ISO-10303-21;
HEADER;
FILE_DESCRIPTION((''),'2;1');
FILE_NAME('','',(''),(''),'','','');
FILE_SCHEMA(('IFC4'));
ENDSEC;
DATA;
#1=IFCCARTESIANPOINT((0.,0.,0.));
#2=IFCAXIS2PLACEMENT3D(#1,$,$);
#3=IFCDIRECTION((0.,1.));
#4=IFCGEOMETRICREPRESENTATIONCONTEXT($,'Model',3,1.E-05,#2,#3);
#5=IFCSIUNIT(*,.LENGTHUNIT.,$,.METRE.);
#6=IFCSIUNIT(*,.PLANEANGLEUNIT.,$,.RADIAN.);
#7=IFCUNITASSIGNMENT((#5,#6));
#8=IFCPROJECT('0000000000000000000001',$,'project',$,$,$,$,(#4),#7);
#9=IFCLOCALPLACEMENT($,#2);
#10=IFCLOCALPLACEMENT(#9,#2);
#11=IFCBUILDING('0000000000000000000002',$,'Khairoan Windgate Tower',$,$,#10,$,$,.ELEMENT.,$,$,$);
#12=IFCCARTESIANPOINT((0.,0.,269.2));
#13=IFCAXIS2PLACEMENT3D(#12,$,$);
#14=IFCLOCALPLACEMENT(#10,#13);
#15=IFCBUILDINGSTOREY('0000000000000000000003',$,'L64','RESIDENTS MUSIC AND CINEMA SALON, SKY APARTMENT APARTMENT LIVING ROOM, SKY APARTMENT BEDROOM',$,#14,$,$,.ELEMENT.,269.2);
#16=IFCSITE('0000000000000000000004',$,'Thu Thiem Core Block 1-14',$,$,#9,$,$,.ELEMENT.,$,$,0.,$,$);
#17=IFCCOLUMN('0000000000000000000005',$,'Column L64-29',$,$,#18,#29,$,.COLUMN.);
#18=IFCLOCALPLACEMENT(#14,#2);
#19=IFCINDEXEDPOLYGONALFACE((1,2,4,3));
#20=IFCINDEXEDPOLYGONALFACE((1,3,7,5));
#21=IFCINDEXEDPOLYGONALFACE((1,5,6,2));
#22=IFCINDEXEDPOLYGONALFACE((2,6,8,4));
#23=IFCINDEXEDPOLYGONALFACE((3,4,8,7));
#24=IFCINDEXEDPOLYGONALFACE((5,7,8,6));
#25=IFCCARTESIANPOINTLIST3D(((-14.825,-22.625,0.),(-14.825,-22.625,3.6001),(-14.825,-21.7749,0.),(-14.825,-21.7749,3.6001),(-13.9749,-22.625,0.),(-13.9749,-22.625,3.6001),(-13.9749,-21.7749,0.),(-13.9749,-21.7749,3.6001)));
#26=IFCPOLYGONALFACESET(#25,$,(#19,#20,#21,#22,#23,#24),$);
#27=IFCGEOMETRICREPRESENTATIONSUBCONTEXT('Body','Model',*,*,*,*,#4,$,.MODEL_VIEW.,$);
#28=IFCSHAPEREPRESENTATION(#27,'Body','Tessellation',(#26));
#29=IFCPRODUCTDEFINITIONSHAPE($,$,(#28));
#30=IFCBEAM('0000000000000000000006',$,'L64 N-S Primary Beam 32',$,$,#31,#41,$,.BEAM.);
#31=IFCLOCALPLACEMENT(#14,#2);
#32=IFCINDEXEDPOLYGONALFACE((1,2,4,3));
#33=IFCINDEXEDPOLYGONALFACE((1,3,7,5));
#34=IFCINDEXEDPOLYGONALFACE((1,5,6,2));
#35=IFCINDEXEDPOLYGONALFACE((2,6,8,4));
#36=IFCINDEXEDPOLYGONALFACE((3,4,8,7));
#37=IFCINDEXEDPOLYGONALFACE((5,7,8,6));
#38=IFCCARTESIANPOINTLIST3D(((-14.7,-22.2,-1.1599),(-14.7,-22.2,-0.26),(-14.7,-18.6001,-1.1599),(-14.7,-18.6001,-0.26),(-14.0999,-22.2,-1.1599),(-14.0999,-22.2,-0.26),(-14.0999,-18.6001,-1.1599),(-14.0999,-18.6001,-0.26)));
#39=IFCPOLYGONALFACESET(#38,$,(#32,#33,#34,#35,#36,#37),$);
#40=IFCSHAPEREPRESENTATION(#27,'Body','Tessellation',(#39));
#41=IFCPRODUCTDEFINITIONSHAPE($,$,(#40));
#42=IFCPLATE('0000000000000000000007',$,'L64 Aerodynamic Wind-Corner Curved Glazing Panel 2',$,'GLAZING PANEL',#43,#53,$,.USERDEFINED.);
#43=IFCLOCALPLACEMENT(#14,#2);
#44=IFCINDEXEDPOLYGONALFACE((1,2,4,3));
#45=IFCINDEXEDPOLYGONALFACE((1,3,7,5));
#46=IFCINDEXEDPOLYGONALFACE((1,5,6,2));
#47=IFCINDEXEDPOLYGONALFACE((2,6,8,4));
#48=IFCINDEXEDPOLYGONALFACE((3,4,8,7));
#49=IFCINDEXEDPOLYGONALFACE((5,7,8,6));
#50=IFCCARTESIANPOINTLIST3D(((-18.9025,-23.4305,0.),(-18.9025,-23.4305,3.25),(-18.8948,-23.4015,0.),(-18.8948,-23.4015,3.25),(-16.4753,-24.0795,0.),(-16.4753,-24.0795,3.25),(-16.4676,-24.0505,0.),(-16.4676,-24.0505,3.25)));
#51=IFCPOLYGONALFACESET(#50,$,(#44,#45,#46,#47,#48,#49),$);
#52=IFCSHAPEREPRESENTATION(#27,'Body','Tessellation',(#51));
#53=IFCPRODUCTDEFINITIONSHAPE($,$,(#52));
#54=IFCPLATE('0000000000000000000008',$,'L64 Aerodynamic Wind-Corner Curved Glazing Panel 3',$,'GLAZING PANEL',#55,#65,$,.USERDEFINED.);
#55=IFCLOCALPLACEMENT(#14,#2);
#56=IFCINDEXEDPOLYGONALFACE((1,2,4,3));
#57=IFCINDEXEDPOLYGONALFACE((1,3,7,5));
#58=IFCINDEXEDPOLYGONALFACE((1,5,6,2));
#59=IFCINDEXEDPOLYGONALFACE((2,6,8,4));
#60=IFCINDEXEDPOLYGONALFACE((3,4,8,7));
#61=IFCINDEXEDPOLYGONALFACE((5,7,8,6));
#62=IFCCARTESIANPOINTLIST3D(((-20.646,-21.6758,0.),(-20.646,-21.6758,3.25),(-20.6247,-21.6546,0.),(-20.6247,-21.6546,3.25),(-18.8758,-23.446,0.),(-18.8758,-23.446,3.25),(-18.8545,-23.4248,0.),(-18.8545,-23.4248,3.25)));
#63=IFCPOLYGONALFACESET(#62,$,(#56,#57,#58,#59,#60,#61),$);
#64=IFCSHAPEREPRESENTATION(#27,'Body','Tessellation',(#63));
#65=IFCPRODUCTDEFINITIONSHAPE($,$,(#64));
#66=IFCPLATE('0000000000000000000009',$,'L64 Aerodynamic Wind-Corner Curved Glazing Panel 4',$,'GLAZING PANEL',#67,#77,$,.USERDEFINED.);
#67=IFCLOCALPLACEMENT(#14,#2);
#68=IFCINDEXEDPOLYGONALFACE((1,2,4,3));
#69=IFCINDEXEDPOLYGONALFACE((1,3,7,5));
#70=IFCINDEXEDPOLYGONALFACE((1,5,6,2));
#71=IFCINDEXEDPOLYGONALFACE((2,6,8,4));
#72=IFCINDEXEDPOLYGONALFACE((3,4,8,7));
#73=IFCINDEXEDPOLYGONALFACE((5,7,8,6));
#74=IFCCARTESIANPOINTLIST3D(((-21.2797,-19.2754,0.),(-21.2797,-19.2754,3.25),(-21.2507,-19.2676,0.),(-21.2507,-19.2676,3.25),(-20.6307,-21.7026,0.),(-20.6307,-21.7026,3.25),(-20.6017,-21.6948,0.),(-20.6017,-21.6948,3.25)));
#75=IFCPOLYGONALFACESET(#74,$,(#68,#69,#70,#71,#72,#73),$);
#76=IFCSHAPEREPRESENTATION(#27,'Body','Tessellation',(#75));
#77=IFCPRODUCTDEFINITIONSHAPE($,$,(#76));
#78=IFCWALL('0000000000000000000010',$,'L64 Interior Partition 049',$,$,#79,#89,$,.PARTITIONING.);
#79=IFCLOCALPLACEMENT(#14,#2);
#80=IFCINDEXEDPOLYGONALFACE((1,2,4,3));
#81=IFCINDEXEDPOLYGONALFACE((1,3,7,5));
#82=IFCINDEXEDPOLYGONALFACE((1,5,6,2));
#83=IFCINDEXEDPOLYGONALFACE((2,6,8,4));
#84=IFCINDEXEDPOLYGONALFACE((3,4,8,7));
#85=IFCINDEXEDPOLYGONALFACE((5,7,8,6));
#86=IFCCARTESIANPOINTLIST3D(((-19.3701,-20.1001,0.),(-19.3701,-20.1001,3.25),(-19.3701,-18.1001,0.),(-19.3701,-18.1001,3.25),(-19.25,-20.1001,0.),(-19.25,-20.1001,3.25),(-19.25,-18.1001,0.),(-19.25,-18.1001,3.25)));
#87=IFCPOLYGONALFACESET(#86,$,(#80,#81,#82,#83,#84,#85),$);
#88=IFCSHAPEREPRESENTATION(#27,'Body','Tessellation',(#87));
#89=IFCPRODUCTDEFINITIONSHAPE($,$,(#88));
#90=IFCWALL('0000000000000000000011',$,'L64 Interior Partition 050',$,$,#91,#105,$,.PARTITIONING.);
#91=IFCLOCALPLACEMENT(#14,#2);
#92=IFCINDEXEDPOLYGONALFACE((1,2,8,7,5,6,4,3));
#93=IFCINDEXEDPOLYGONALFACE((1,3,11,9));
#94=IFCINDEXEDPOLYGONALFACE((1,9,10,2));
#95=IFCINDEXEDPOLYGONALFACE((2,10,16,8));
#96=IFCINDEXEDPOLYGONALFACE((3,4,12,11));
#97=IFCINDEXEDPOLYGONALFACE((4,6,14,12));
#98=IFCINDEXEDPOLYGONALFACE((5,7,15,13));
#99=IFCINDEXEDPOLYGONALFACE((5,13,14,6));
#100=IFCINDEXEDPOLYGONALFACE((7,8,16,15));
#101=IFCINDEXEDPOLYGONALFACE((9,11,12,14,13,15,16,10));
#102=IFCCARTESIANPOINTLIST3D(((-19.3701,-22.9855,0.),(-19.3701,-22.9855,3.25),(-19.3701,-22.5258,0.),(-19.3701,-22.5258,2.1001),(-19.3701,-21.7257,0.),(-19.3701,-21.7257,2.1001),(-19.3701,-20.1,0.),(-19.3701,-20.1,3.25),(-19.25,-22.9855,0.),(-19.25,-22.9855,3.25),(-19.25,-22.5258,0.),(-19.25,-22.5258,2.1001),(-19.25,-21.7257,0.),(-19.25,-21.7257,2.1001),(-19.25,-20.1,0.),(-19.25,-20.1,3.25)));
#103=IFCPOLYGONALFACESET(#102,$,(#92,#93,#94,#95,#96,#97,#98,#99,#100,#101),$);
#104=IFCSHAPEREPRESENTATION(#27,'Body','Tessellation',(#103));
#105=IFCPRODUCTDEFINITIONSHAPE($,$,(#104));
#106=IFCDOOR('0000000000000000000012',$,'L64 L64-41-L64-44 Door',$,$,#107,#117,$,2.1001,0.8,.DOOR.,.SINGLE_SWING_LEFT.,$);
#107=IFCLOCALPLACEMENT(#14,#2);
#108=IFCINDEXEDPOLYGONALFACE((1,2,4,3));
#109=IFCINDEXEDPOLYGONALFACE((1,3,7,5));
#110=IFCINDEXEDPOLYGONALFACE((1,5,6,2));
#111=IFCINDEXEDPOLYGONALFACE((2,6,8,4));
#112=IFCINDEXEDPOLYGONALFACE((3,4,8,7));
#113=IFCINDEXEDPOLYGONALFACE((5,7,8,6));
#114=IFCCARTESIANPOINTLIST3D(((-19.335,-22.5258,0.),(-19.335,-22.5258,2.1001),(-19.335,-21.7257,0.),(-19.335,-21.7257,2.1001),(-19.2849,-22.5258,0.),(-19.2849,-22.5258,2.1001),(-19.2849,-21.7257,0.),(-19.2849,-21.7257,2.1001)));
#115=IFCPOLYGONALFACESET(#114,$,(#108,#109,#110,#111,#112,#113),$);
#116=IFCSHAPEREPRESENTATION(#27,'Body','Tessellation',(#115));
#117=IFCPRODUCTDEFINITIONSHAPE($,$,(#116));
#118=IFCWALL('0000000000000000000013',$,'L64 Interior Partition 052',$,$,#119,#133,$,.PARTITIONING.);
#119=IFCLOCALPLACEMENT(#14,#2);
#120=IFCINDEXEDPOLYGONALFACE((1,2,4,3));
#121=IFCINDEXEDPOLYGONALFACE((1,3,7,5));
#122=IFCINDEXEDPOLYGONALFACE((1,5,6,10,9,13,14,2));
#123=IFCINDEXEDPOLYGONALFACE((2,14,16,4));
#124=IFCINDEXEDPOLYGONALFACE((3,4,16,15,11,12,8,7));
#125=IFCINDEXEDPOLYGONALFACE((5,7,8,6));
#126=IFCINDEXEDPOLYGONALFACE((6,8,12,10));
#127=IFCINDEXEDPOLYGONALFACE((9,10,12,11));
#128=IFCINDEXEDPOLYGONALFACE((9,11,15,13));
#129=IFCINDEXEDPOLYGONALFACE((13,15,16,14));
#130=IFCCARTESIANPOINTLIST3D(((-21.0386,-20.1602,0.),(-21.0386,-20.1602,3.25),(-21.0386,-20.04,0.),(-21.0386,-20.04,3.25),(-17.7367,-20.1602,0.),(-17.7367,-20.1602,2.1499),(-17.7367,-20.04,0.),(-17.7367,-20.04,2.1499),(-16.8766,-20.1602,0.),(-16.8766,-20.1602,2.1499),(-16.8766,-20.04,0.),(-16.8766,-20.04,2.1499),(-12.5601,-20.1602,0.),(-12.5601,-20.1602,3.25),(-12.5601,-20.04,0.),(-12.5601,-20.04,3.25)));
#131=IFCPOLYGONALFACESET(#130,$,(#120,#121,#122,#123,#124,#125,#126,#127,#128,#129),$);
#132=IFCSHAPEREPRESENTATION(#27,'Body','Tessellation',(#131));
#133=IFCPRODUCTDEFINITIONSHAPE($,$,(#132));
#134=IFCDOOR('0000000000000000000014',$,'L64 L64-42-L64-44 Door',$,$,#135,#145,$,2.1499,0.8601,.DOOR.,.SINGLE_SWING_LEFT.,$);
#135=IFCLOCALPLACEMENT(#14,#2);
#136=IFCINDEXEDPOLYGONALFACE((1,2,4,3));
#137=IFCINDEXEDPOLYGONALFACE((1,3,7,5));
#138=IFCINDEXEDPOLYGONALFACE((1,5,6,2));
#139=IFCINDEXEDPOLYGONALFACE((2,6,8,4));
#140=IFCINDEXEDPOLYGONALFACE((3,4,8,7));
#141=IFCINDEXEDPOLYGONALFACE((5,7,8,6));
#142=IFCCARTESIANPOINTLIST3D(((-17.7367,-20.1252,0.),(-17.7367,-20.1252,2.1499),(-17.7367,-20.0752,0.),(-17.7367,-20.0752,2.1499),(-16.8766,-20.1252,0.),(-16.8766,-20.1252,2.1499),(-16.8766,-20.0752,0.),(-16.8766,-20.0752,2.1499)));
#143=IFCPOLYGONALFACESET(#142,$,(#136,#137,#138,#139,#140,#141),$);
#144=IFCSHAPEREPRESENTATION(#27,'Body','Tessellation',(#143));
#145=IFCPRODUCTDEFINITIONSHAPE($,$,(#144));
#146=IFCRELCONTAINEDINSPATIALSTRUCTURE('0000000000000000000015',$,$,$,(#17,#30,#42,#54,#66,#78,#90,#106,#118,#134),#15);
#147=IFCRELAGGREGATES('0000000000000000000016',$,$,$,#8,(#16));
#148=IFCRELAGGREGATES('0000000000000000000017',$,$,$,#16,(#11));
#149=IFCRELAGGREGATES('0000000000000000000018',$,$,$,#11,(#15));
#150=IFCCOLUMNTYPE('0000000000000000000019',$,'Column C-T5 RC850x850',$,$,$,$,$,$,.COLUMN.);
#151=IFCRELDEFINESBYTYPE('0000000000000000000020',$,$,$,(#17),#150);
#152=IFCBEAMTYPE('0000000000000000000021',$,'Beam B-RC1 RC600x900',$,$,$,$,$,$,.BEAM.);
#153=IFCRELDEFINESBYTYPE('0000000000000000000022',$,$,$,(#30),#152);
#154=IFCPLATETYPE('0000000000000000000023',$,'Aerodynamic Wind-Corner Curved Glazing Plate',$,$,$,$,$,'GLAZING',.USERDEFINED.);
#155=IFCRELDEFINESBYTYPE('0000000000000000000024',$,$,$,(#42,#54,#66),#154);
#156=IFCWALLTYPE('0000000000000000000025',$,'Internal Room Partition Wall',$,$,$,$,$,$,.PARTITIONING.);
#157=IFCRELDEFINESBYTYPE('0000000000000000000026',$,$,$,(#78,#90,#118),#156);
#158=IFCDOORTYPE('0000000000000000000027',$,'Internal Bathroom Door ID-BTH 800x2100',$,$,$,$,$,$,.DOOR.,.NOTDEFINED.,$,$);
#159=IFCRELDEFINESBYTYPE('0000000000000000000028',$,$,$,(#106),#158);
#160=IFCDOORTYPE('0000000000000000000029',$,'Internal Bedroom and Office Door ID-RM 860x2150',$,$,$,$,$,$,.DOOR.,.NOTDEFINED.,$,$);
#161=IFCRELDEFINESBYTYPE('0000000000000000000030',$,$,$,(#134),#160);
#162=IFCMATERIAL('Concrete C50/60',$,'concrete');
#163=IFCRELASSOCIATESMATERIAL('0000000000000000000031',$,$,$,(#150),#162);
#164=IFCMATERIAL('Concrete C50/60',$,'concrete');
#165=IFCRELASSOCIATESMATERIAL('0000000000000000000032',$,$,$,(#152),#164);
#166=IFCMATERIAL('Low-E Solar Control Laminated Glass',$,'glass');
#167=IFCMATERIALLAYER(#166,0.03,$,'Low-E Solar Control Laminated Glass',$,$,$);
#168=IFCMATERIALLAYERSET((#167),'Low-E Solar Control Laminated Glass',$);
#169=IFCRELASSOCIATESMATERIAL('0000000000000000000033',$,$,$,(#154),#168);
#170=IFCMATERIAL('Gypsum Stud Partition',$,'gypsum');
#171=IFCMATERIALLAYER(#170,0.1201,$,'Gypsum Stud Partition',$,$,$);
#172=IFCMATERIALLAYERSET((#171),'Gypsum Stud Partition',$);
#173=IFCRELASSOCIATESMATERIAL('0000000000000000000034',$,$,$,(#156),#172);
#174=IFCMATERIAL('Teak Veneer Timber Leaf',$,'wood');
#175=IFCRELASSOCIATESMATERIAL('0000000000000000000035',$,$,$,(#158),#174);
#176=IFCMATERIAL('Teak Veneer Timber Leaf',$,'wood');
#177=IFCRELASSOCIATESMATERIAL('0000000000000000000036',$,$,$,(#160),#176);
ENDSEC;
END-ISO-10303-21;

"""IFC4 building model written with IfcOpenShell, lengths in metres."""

from ifc_helpers import new_model, si_unit, direction, frame, frame_2d, origin, origin_2d, place, context, subcontext, project, spatial, rectangle, extrude, material, layer, layer_set, material_profile, profile_set, type_object, element, fill, save


model = new_model("IFC4")

# Units and contexts
model_context = context("Model", 3, precision=1e-05, world=origin(), true_north=direction((0.0, 1.0)))
body_context = subcontext(model_context, "Body", "Model", "MODEL_VIEW")
ifc_project = project(units=[si_unit("LENGTHUNIT", "METRE"), si_unit("PLANEANGLEUNIT", "RADIAN")], contexts=[model_context])

# Site, building, storey
site_placement = place(None, origin())
site = spatial("IfcSite", under=ifc_project, at=site_placement, Name="Thu Thiem Core Block 1-14", CompositionType="ELEMENT", RefElevation=0.0)
building_placement = place(site_placement, origin())
building = spatial("IfcBuilding", under=site, at=building_placement, Name="Khairoan Windgate Tower", CompositionType="ELEMENT")
storey_placement = place(building_placement, frame((0.0, 0.0, 269.2)))
storey = spatial("IfcBuildingStorey", under=building, at=storey_placement, Name="L64", Description="RESIDENTS MUSIC AND CINEMA SALON, SKY APARTMENT APARTMENT LIVING ROOM, SKY APARTMENT BEDROOM", CompositionType="ELEMENT", Elevation=269.2)

# Column
ifc_material_1 = material(Name="Concrete C50/60", Category="concrete")
ifc_material_profile_1 = material_profile(ifc_material_1, rectangle(XDim=0.8501, YDim=0.8501, at=origin_2d()))
ifc_profile_set_1 = profile_set([ifc_material_profile_1], Name="Concrete C50/60")
column_type = type_object("IfcColumnType", Name="Column C-T5 RC850x850", PredefinedType="COLUMN", material=ifc_profile_set_1)
column_placement = place(storey_placement, frame((-14.3999, -22.2, 0.0), z_axis=(0.0, 0.0, 1.0), x_axis=(1.0, 0.0, 0.0)))
element("IfcColumn", 1, at=column_placement, inside=storey, type_object=column_type, Name="Column L64-29", PredefinedType="COLUMN", context=body_context, shape_type="SweptSolid", body=[
    extrude(rectangle(XDim=0.8501, YDim=0.8501, at=origin_2d()), origin(), (0.0, 0.0, 1.0), 3.6001),
])

# Beam
ifc_material_2 = material(Name="Concrete C50/60", Category="concrete")
ifc_material_profile_2 = material_profile(ifc_material_2, rectangle(XDim=0.6001, YDim=0.8999, at=origin_2d()))
ifc_profile_set_2 = profile_set([ifc_material_profile_2], Name="Concrete C50/60")
beam_type = type_object("IfcBeamType", Name="Beam B-RC1 RC600x900", PredefinedType="BEAM", material=ifc_profile_set_2)
beam_placement = place(storey_placement, frame((-14.3999, -22.2, -0.71), z_axis=(0.0, 1.0, 0.0), x_axis=(-1.0, 0.0, 0.0)))
element("IfcBeam", 2, at=beam_placement, inside=storey, type_object=beam_type, Name="L64 N-S Primary Beam 32", PredefinedType="BEAM", context=body_context, shape_type="SweptSolid", body=[
    extrude(rectangle(XDim=0.6001, YDim=0.8999, at=origin_2d()), origin(), (0.0, 0.0, 1.0), 3.5999),
])

# Plates
ifc_material_3 = material(Name="Low-E Solar Control Laminated Glass", Category="glass")
ifc_layer_1 = layer(ifc_material_3, 0.03, Name="Low-E Solar Control Laminated Glass")
ifc_layer_set_1 = layer_set([ifc_layer_1], Name="Low-E Solar Control Laminated Glass")
plate_type = type_object("IfcPlateType", Name="Aerodynamic Wind-Corner Curved Glazing Plate", ElementType="GLAZING", PredefinedType="USERDEFINED", material=ifc_layer_set_1)
plate_1_placement = place(storey_placement, frame((-17.6851, -23.7405, 0.0), z_axis=(0.0, 0.0, 1.0), x_axis=(-0.966061, 0.258313, 0.0)))
element("IfcPlate", 3, at=plate_1_placement, inside=storey, type_object=plate_type, Name="L64 Aerodynamic Wind-Corner Curved Glazing Panel 2", ObjectType="GLAZING PANEL", PredefinedType="USERDEFINED", context=body_context, shape_type="SweptSolid", body=[
    extrude(rectangle(XDim=2.5125, YDim=0.03, at=origin_2d()), origin(), (0.0, 0.0, 1.0), 3.25),
])
plate_2_placement = place(storey_placement, frame((-19.7502, -22.5503, 0.0), z_axis=(0.0, 0.0, 1.0), x_axis=(-0.707107, 0.707107, 0.0)))
element("IfcPlate", 4, at=plate_2_placement, inside=storey, type_object=plate_type, Name="L64 Aerodynamic Wind-Corner Curved Glazing Panel 3", ObjectType="GLAZING PANEL", PredefinedType="USERDEFINED", context=body_context, shape_type="SweptSolid", body=[
    extrude(rectangle(XDim=2.5034, YDim=0.03, at=origin_2d()), origin(), (0.0, 0.0, 1.0), 3.25),
])
plate_3_placement = place(storey_placement, frame((-20.9407, -20.4851, 0.0), z_axis=(0.0, 0.0, 1.0), x_axis=(-0.258313, 0.966061, 0.0)))
element("IfcPlate", 5, at=plate_3_placement, inside=storey, type_object=plate_type, Name="L64 Aerodynamic Wind-Corner Curved Glazing Panel 4", ObjectType="GLAZING PANEL", PredefinedType="USERDEFINED", context=body_context, shape_type="SweptSolid", body=[
    extrude(rectangle(XDim=2.5125, YDim=0.03, at=origin_2d()), origin(), (0.0, 0.0, 1.0), 3.25),
])

# Wall
ifc_material_4 = material(Name="Gypsum Stud Partition", Category="gypsum")
ifc_layer_2 = layer(ifc_material_4, 0.1201, Name="Gypsum Stud Partition")
ifc_layer_set_2 = layer_set([ifc_layer_2], Name="Gypsum Stud Partition")
wall_type = type_object("IfcWallType", Name="Internal Room Partition Wall", PredefinedType="PARTITIONING", material=ifc_layer_set_2)
wall_1_placement = place(storey_placement, frame((-19.3101, -20.1001, 0.0), z_axis=(0.0, 0.0, 1.0), x_axis=(0.0, 1.0, 0.0)))
element("IfcWall", 6, at=wall_1_placement, inside=storey, type_object=wall_type, Name="L64 Interior Partition 049", PredefinedType="PARTITIONING", context=body_context, shape_type="SweptSolid", body=[
    extrude(rectangle(XDim=2.0, YDim=0.1201, at=frame_2d((1.0, 0.0))), origin(), (0.0, 0.0, 1.0), 3.25),
])

# Walls, openings, doors
wall_2_placement = place(storey_placement, frame((-19.3101, -22.9856, 0.0), z_axis=(0.0, 0.0, 1.0), x_axis=(0.0, 1.0, 0.0)))
wall_2 = element("IfcWall", 7, at=wall_2_placement, inside=storey, type_object=wall_type, Name="L64 Interior Partition 050", PredefinedType="PARTITIONING", context=body_context, shape_type="SweptSolid", body=[
    extrude(rectangle(XDim=2.8855, YDim=0.1201, at=frame_2d((1.4429, 0.0))), origin(), (0.0, 0.0, 1.0), 3.25),
])
opening_1_placement = place(wall_2_placement, frame((0.46, 0.0, 0.0)))
opening_1 = element("IfcOpeningElement", 8, at=opening_1_placement, cuts=wall_2, PredefinedType="OPENING", context=body_context, shape_type="SweptSolid", body=[
    extrude(rectangle(XDim=0.8, YDim=2.1001, at=frame_2d((0.3999, 1.05))), frame((0.0, 0.0701, 0.0), z_axis=(0.0, -1.0, 0.0), x_axis=(1.0, 0.0, 0.0)), (0.0, 0.0, 1.0), 0.1401),
])
ifc_material_5 = material(Name="Teak Veneer Timber Leaf", Category="wood")
door_type_1 = type_object("IfcDoorType", Name="Internal Bathroom Door ID-BTH 800x2100", OperationType="NOTDEFINED", PredefinedType="DOOR", material=ifc_material_5)
door_1_placement = place(opening_1_placement, origin())
door_1 = element("IfcDoor", 9, at=door_1_placement, inside=storey, type_object=door_type_1, Name="L64 L64-41-L64-44 Door", OperationType="SINGLE_SWING_LEFT", OverallHeight=2.1001, OverallWidth=0.8, PredefinedType="DOOR", context=body_context, shape_type="SweptSolid", body=[
    extrude(rectangle(XDim=0.8, YDim=2.1001, at=frame_2d((0.3999, 1.05))), frame((0.0, 0.0249, 0.0), z_axis=(0.0, -1.0, 0.0), x_axis=(1.0, 0.0, 0.0)), (0.0, 0.0, 1.0), 0.05),
])
fill(opening_1, door_1)
wall_3_placement = place(storey_placement, frame((-21.0386, -20.1001, 0.0), z_axis=(0.0, 0.0, 1.0), x_axis=(1.0, 0.0, 0.0)))
wall_3 = element("IfcWall", 10, at=wall_3_placement, inside=storey, type_object=wall_type, Name="L64 Interior Partition 052", PredefinedType="PARTITIONING", context=body_context, shape_type="SweptSolid", body=[
    extrude(rectangle(XDim=8.4785, YDim=0.1201, at=frame_2d((4.2393, 0.0))), origin(), (0.0, 0.0, 1.0), 3.25),
])
opening_2_placement = place(wall_3_placement, frame((3.3018, 0.0, 0.0)))
opening_2 = element("IfcOpeningElement", 11, at=opening_2_placement, cuts=wall_3, PredefinedType="OPENING", context=body_context, shape_type="SweptSolid", body=[
    extrude(rectangle(XDim=0.8601, YDim=2.1499, at=frame_2d((0.4302, 1.075))), frame((0.0, 0.0701, 0.0), z_axis=(0.0, -1.0, 0.0), x_axis=(1.0, 0.0, 0.0)), (0.0, 0.0, 1.0), 0.1401),
])
ifc_material_6 = material(Name="Teak Veneer Timber Leaf", Category="wood")
door_type_2 = type_object("IfcDoorType", Name="Internal Bedroom and Office Door ID-RM 860x2150", OperationType="NOTDEFINED", PredefinedType="DOOR", material=ifc_material_6)
door_2_placement = place(opening_2_placement, origin())
door_2 = element("IfcDoor", 12, at=door_2_placement, inside=storey, type_object=door_type_2, Name="L64 L64-42-L64-44 Door", OperationType="SINGLE_SWING_LEFT", OverallHeight=2.1499, OverallWidth=0.8601, PredefinedType="DOOR", context=body_context, shape_type="SweptSolid", body=[
    extrude(rectangle(XDim=0.8601, YDim=2.1499, at=frame_2d((0.4302, 1.075))), frame((0.0, 0.0249, 0.0), z_axis=(0.0, -1.0, 0.0), x_axis=(1.0, 0.0, 0.0)), (0.0, 0.0, 1.0), 0.05),
])
fill(opening_2, door_2)

save(model, "model.ifc")
